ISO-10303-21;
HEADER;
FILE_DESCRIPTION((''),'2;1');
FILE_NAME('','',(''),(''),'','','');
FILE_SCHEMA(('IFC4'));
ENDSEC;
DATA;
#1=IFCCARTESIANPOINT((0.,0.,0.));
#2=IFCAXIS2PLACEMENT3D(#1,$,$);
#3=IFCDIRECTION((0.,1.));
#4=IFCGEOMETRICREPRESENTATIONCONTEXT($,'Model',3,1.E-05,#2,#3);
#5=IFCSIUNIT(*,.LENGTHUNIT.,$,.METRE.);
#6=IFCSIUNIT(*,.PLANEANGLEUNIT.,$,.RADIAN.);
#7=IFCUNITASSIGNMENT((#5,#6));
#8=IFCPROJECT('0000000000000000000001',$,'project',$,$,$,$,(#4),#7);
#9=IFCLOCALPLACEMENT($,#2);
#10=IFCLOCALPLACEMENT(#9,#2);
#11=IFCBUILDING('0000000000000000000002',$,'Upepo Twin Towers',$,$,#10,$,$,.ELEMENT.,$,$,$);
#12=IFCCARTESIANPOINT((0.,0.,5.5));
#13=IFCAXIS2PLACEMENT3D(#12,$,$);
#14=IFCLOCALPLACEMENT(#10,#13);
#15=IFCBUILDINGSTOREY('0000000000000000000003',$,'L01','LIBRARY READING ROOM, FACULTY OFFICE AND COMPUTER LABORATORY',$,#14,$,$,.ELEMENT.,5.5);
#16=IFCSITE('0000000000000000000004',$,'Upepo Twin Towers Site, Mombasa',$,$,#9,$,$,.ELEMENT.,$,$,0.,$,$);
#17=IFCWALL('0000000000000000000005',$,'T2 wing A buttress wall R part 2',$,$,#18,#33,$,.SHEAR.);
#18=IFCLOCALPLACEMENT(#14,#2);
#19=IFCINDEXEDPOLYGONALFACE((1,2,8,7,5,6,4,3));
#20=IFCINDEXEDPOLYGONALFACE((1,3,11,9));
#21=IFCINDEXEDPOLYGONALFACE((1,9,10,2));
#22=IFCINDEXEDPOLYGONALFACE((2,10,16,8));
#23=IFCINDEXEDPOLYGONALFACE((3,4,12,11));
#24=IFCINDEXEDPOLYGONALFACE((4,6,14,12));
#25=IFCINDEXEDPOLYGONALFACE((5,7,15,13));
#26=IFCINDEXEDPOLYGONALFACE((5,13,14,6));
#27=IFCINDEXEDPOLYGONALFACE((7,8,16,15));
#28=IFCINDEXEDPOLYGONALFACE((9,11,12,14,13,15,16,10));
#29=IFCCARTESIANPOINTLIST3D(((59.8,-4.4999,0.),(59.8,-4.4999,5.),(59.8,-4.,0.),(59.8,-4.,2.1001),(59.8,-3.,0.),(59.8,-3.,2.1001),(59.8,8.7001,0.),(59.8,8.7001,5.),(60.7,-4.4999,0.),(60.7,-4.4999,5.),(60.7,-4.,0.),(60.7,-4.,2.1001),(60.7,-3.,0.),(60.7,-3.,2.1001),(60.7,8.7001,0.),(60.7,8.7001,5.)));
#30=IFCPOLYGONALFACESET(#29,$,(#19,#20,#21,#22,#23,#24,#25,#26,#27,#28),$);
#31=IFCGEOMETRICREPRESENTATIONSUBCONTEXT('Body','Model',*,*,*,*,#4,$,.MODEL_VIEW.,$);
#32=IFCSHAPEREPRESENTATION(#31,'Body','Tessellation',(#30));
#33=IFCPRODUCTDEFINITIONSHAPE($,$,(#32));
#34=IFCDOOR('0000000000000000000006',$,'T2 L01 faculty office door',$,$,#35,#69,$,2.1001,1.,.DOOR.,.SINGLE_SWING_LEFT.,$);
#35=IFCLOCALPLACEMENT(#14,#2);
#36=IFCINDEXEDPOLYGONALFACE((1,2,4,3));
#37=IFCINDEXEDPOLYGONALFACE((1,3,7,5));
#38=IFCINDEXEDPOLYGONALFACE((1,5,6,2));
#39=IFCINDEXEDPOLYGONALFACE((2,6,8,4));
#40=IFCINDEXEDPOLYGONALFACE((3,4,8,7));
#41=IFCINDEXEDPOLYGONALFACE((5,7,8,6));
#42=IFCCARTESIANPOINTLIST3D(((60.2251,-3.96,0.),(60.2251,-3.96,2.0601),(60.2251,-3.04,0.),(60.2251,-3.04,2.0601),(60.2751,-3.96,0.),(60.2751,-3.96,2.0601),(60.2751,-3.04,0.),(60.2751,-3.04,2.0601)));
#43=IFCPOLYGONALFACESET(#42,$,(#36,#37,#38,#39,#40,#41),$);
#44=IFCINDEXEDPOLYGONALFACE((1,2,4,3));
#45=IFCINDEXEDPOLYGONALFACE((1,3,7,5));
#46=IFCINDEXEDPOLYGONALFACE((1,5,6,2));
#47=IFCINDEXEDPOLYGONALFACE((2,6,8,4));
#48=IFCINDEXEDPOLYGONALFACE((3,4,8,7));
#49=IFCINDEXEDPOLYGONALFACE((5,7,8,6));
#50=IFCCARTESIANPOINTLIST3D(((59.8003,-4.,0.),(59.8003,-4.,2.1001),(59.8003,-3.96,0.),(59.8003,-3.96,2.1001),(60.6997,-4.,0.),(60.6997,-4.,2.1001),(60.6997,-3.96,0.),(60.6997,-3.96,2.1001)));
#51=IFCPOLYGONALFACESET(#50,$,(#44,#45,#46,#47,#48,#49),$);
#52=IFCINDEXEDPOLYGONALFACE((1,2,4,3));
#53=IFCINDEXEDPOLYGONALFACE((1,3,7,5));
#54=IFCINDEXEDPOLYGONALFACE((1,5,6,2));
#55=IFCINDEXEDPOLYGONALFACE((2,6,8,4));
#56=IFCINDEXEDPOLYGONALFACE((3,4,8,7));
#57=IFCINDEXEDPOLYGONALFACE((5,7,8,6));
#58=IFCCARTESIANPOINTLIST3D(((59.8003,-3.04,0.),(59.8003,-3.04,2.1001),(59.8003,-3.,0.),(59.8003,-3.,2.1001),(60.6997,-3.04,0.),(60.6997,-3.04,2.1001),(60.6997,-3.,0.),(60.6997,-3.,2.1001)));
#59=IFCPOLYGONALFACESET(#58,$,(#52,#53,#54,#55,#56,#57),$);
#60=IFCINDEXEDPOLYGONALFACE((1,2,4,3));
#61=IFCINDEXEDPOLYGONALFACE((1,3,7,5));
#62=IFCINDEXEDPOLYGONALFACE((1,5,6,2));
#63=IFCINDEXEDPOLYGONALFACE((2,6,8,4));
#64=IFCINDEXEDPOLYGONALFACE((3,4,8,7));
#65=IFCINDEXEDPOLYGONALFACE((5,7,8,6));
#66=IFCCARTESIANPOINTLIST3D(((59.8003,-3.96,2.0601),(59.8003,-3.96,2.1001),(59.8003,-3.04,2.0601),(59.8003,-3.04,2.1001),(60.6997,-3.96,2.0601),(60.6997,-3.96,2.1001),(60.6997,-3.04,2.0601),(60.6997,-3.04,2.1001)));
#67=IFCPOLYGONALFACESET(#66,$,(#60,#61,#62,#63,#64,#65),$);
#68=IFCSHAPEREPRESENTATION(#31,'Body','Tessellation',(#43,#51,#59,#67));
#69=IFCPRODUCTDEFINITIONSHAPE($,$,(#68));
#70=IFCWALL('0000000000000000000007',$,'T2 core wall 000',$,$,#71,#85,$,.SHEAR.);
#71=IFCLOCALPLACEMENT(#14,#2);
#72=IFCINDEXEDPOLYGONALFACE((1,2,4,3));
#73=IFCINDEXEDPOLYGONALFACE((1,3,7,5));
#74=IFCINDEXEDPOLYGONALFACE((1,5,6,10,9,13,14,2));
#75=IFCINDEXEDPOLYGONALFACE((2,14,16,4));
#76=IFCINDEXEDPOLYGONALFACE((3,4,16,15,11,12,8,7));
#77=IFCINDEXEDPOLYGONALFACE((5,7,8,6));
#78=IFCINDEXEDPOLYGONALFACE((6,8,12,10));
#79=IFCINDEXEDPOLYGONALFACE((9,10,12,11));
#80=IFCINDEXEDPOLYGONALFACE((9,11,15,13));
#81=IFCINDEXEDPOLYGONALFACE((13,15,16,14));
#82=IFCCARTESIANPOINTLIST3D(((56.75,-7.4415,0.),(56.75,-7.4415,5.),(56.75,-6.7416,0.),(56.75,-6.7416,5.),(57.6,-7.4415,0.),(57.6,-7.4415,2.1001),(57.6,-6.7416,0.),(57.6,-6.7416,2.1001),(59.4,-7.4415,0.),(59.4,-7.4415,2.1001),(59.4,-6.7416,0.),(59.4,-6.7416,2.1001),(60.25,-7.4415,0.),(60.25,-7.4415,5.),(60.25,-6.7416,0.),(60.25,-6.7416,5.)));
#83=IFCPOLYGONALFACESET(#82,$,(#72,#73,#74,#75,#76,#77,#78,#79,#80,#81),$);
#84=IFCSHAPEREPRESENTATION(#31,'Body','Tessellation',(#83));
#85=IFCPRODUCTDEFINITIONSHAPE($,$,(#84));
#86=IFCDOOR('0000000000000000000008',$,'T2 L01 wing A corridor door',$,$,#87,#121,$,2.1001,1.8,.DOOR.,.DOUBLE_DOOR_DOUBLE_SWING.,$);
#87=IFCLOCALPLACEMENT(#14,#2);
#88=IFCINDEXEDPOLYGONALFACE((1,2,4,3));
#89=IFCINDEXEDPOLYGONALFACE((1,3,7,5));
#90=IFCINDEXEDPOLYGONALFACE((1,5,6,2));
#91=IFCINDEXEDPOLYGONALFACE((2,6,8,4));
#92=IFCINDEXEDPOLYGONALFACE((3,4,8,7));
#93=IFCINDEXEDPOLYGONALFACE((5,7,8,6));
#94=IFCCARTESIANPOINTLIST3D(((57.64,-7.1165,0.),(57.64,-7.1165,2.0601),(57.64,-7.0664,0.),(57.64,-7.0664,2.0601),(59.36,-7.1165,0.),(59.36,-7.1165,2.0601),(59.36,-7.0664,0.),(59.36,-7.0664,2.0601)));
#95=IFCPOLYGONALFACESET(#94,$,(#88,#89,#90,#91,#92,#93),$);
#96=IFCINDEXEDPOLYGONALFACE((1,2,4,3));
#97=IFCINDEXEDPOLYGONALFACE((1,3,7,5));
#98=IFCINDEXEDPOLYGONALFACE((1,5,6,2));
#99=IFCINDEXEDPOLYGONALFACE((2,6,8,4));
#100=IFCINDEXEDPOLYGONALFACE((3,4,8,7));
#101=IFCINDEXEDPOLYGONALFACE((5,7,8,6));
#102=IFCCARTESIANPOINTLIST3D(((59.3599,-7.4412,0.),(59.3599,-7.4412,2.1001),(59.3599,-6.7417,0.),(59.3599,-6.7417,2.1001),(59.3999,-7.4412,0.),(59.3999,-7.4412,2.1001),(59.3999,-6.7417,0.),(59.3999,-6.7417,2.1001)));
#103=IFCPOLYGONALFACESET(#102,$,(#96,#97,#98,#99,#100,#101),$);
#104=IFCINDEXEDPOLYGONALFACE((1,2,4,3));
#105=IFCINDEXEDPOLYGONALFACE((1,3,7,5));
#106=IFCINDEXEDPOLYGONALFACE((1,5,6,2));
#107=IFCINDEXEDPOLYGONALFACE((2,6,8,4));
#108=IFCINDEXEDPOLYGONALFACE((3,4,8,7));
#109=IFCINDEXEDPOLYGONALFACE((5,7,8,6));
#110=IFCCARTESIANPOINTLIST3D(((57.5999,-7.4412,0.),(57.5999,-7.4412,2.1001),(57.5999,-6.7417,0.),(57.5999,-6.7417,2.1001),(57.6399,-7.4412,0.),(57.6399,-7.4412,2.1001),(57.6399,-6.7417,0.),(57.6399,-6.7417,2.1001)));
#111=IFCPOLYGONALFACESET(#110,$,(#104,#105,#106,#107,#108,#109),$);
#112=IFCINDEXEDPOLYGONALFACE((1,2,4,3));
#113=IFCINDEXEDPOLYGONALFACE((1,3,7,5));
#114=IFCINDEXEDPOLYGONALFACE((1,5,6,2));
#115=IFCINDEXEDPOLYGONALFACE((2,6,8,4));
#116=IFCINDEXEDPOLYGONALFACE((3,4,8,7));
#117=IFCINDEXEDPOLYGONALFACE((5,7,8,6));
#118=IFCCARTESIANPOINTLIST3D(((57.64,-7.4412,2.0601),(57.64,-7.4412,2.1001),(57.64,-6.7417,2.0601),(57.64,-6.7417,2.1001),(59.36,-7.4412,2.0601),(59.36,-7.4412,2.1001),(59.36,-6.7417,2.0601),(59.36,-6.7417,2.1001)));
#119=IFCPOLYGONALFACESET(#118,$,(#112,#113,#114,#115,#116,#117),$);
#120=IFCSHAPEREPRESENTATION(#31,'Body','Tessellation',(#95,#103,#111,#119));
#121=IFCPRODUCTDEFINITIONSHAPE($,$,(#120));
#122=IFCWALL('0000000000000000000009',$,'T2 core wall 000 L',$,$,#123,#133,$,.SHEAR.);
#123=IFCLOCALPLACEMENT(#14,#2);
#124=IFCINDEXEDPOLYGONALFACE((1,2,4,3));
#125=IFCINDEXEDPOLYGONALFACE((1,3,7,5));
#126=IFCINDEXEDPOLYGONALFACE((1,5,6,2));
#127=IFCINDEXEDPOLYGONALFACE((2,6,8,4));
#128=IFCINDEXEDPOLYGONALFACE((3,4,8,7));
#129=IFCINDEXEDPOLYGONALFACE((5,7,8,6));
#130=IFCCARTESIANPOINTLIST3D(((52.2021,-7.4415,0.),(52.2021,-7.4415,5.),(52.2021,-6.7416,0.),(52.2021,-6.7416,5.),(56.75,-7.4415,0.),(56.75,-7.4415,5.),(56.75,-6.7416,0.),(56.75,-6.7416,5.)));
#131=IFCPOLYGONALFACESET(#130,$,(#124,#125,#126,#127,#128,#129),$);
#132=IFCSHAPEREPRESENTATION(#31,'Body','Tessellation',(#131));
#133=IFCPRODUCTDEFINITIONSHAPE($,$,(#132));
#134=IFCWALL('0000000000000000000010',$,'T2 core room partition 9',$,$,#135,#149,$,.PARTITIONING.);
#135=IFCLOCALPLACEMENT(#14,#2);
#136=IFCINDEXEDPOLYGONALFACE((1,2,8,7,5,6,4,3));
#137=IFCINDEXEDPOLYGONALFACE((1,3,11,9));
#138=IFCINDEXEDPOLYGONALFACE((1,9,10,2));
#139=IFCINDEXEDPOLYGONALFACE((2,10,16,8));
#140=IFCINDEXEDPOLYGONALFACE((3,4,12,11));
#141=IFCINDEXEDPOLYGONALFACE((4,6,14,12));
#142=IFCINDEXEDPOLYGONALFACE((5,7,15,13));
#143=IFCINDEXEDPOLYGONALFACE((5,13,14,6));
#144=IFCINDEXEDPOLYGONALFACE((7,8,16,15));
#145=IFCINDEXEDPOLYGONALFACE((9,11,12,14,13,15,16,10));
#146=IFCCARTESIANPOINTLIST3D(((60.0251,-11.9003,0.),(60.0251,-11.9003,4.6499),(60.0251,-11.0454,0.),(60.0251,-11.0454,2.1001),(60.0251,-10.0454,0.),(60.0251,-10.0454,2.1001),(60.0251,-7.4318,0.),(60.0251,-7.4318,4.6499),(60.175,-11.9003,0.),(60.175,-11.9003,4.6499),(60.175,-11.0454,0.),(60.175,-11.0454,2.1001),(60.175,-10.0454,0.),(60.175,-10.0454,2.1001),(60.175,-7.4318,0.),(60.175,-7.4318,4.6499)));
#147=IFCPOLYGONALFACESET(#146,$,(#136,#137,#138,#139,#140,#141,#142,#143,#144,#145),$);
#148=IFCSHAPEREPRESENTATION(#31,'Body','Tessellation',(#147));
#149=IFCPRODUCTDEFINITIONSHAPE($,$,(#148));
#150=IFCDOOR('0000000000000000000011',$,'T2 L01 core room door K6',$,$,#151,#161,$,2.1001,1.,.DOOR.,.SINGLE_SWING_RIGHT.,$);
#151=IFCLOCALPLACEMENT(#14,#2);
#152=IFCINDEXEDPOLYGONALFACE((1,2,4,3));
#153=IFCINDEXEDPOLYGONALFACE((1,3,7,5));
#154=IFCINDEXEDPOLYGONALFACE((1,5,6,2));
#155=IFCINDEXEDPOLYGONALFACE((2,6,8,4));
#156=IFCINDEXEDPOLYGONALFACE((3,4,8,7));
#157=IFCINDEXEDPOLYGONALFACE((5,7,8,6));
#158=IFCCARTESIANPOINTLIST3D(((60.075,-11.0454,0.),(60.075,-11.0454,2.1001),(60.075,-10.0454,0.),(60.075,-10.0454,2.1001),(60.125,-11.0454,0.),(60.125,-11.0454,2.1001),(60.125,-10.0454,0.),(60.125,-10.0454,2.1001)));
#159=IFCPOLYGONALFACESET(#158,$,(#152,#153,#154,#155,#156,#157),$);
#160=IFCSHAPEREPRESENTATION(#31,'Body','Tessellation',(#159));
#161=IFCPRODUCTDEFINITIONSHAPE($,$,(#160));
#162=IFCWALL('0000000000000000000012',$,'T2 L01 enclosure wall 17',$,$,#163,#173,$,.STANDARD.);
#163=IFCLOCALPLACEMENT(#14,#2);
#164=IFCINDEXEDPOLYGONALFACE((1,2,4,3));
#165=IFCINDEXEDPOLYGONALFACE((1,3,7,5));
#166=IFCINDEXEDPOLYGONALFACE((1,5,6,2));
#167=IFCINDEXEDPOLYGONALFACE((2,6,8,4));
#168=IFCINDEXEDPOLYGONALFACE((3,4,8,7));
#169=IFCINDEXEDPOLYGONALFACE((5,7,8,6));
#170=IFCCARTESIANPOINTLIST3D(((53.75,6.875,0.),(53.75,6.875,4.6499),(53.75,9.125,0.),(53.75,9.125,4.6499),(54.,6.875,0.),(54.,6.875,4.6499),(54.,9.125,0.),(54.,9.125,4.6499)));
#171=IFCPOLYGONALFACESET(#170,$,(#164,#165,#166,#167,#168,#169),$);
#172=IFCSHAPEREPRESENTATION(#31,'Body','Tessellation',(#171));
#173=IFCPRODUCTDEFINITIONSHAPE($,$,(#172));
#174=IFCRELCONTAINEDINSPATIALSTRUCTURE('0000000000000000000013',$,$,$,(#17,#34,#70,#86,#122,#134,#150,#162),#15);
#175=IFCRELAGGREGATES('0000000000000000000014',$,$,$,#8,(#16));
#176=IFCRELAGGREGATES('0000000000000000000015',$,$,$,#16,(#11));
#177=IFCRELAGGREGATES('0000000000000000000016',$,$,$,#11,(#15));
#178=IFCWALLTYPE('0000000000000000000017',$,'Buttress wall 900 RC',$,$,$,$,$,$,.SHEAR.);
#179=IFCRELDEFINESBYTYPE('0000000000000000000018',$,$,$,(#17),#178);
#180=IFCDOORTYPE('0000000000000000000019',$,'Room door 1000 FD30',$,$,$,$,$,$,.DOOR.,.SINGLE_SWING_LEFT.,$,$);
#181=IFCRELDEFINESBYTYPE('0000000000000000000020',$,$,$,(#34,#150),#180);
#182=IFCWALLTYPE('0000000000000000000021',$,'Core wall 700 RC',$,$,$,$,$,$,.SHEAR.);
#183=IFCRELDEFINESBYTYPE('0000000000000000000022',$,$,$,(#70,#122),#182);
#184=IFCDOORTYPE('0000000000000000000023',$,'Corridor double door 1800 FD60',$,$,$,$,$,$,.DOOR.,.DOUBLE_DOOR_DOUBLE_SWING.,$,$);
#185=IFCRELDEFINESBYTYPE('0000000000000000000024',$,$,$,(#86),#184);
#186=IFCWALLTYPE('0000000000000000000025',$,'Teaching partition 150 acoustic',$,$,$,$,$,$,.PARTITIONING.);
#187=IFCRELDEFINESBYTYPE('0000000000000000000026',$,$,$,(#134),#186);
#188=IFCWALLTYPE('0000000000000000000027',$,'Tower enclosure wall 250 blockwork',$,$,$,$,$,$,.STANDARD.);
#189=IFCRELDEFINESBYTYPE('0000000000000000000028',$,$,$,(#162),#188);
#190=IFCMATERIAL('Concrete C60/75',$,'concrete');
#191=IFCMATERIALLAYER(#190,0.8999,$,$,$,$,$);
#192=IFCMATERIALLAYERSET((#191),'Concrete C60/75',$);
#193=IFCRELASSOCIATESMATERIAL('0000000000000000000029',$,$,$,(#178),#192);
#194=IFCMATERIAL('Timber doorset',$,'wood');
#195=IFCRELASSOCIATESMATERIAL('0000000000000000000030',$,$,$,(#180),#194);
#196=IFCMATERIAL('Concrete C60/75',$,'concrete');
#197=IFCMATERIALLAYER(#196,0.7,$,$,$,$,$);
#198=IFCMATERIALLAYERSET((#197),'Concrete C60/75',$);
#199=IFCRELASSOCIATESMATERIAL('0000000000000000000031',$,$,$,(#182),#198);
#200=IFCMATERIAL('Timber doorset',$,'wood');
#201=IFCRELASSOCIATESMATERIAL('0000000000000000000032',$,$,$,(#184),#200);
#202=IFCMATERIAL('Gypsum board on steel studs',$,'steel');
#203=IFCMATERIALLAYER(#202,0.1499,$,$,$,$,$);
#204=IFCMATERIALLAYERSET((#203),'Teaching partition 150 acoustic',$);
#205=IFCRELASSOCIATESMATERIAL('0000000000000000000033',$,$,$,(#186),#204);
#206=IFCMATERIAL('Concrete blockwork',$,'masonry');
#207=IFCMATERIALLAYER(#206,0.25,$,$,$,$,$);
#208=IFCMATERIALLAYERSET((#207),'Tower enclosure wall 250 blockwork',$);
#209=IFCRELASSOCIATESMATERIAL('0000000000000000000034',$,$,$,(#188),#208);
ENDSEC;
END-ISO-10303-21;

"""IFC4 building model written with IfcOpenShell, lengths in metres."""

from ifc_helpers import new_model, si_unit, direction, frame, frame_2d, origin, place, context, subcontext, project, spatial, rectangle, extrude, material, layer, layer_set, type_object, element, fill, save


model = new_model("IFC4")

# Units and contexts
model_context = context("Model", 3, precision=1e-05, world=origin(), true_north=direction((0.0, 1.0)))
body_context = subcontext(model_context, "Body", "Model", "MODEL_VIEW")
ifc_project = project(units=[si_unit("LENGTHUNIT", "METRE"), si_unit("PLANEANGLEUNIT", "RADIAN")], contexts=[model_context])

# Site, building, storey
site_placement = place(None, origin())
site = spatial("IfcSite", under=ifc_project, at=site_placement, Name="Upepo Twin Towers Site, Mombasa", CompositionType="ELEMENT", RefElevation=0.0)
building_placement = place(site_placement, origin())
building = spatial("IfcBuilding", under=site, at=building_placement, Name="Upepo Twin Towers", CompositionType="ELEMENT")
storey_placement = place(building_placement, frame((0.0, 0.0, 5.5)))
storey = spatial("IfcBuildingStorey", under=building, at=storey_placement, Name="L01", Description="LIBRARY READING ROOM, FACULTY OFFICE AND COMPUTER LABORATORY", CompositionType="ELEMENT", Elevation=5.5)

# Walls, openings, doors
ifc_material_1 = material(Name="Concrete C60/75", Category="concrete")
ifc_layer_1 = layer(ifc_material_1, 0.8999)
ifc_layer_set_1 = layer_set([ifc_layer_1], Name="Concrete C60/75")
wall_type_1 = type_object("IfcWallType", Name="Buttress wall 900 RC", PredefinedType="SHEAR", material=ifc_layer_set_1)
ifc_material_2 = material(Name="Timber doorset", Category="wood")
door_type_1 = type_object("IfcDoorType", Name="Room door 1000 FD30", OperationType="SINGLE_SWING_LEFT", PredefinedType="DOOR", material=ifc_material_2)
wall_1_placement = place(storey_placement, frame((60.25, -4.5, 0.0), z_axis=(0.0, 0.0, 1.0), x_axis=(0.0, 1.0, 0.0)))
wall_1 = element("IfcWall", 1, at=wall_1_placement, inside=storey, type_object=wall_type_1, Name="T2 wing A buttress wall R part 2", PredefinedType="SHEAR", context=body_context, shape_type="SweptSolid", body=[
    extrude(rectangle(XDim=13.2, YDim=0.8999, at=frame_2d((6.6001, 0.0))), origin(), (0.0, 0.0, 1.0), 5.0),
])
opening_1_placement = place(wall_1_placement, frame((0.5, 0.0, 0.0)))
opening_1 = element("IfcOpeningElement", 2, at=opening_1_placement, cuts=wall_1, PredefinedType="OPENING", context=body_context, shape_type="SweptSolid", body=[
    extrude(rectangle(XDim=1.0, YDim=2.1001, at=frame_2d((0.5, 1.05))), frame((0.0, 0.46, 0.0), z_axis=(0.0, -1.0, 0.0), x_axis=(1.0, 0.0, 0.0)), (0.0, 0.0, 1.0), 0.9199),
])
door_1_placement = place(opening_1_placement, origin())
door_1 = element("IfcDoor", 3, at=door_1_placement, inside=storey, type_object=door_type_1, Name="T2 L01 faculty office door", OperationType="SINGLE_SWING_LEFT", OverallHeight=2.1001, OverallWidth=1.0, PredefinedType="DOOR", context=body_context, shape_type="SweptSolid", body=[
    extrude(rectangle(XDim=0.92, YDim=2.0601, at=frame_2d((0.5, 1.03))), frame((0.0, 0.0249, 0.0), z_axis=(0.0, -1.0, 0.0), x_axis=(1.0, 0.0, 0.0)), (0.0, 0.0, 1.0), 0.05),
    extrude(rectangle(XDim=0.04, YDim=2.1001, at=frame_2d((0.02, 1.05))), frame((0.0, 0.4497, 0.0), z_axis=(0.0, -1.0, 0.0), x_axis=(1.0, 0.0, 0.0)), (0.0, 0.0, 1.0), 0.8994),
    extrude(rectangle(XDim=0.04, YDim=2.1001, at=frame_2d((0.98, 1.05))), frame((0.0, 0.4497, 0.0), z_axis=(0.0, -1.0, 0.0), x_axis=(1.0, 0.0, 0.0)), (0.0, 0.0, 1.0), 0.8994),
    extrude(rectangle(XDim=0.92, YDim=0.04, at=frame_2d((0.5, 2.0801))), frame((0.0, 0.4497, 0.0), z_axis=(0.0, -1.0, 0.0), x_axis=(1.0, 0.0, 0.0)), (0.0, 0.0, 1.0), 0.8994),
])
fill(opening_1, door_1)
ifc_material_3 = material(Name="Concrete C60/75", Category="concrete")
ifc_layer_2 = layer(ifc_material_3, 0.7)
ifc_layer_set_2 = layer_set([ifc_layer_2], Name="Concrete C60/75")
wall_type_2 = type_object("IfcWallType", Name="Core wall 700 RC", PredefinedType="SHEAR", material=ifc_layer_set_2)
wall_2_placement = place(storey_placement, frame((60.25, -7.0916, 0.0), z_axis=(0.0, 0.0, 1.0), x_axis=(-1.0, 0.0, 0.0)))
wall_2 = element("IfcWall", 4, at=wall_2_placement, inside=storey, type_object=wall_type_2, Name="T2 core wall 000", PredefinedType="SHEAR", context=body_context, shape_type="SweptSolid", body=[
    extrude(rectangle(XDim=3.5, YDim=0.7, at=frame_2d((1.75, 0.0))), origin(), (0.0, 0.0, 1.0), 5.0),
])
opening_2_placement = place(wall_2_placement, frame((0.8501, 0.0, 0.0)))
opening_2 = element("IfcOpeningElement", 5, at=opening_2_placement, cuts=wall_2, PredefinedType="OPENING", context=body_context, shape_type="SweptSolid", body=[
    extrude(rectangle(XDim=1.8, YDim=2.1001, at=frame_2d((0.8999, 1.05))), frame((0.0, 0.3599, 0.0), z_axis=(0.0, -1.0, 0.0), x_axis=(1.0, 0.0, 0.0)), (0.0, 0.0, 1.0), 0.72),
])
ifc_material_4 = material(Name="Timber doorset", Category="wood")
door_type_2 = type_object("IfcDoorType", Name="Corridor double door 1800 FD60", OperationType="DOUBLE_DOOR_DOUBLE_SWING", PredefinedType="DOOR", material=ifc_material_4)
door_2_placement = place(opening_2_placement, origin())
door_2 = element("IfcDoor", 6, at=door_2_placement, inside=storey, type_object=door_type_2, Name="T2 L01 wing A corridor door", OperationType="DOUBLE_DOOR_DOUBLE_SWING", OverallHeight=2.1001, OverallWidth=1.8, PredefinedType="DOOR", context=body_context, shape_type="SweptSolid", body=[
    extrude(rectangle(XDim=1.72, YDim=2.0601, at=frame_2d((0.8999, 1.03))), frame((0.0, 0.0249, 0.0), z_axis=(0.0, -1.0, 0.0), x_axis=(1.0, 0.0, 0.0)), (0.0, 0.0, 1.0), 0.05),
    extrude(rectangle(XDim=0.04, YDim=2.1001, at=frame_2d((0.02, 1.05))), frame((0.0, 0.3496, 0.0), z_axis=(0.0, -1.0, 0.0), x_axis=(1.0, 0.0, 0.0)), (0.0, 0.0, 1.0), 0.6995),
    extrude(rectangle(XDim=0.04, YDim=2.1001, at=frame_2d((1.78, 1.05))), frame((0.0, 0.3496, 0.0), z_axis=(0.0, -1.0, 0.0), x_axis=(1.0, 0.0, 0.0)), (0.0, 0.0, 1.0), 0.6995),
    extrude(rectangle(XDim=1.72, YDim=0.04, at=frame_2d((0.8999, 2.0801))), frame((0.0, 0.3496, 0.0), z_axis=(0.0, -1.0, 0.0), x_axis=(1.0, 0.0, 0.0)), (0.0, 0.0, 1.0), 0.6995),
])
fill(opening_2, door_2)

# Wall
wall_3_placement = place(storey_placement, frame((56.75, -7.0916, 0.0), z_axis=(0.0, 0.0, 1.0), x_axis=(-1.0, 0.0, 0.0)))
element("IfcWall", 7, at=wall_3_placement, inside=storey, type_object=wall_type_2, Name="T2 core wall 000 L", PredefinedType="SHEAR", context=body_context, shape_type="SweptSolid", body=[
    extrude(rectangle(XDim=4.5479, YDim=0.7, at=frame_2d((2.2739, 0.0))), origin(), (0.0, 0.0, 1.0), 5.0),
])

# Wall, opening, door
ifc_material_5 = material(Name="Gypsum board on steel studs", Category="steel")
ifc_layer_3 = layer(ifc_material_5, 0.1499)
ifc_layer_set_3 = layer_set([ifc_layer_3], Name="Teaching partition 150 acoustic")
wall_type_3 = type_object("IfcWallType", Name="Teaching partition 150 acoustic", PredefinedType="PARTITIONING", material=ifc_layer_set_3)
wall_4_placement = place(storey_placement, frame((60.1001, -7.4316, 0.0), z_axis=(0.0, 0.0, 1.0), x_axis=(0.0, -1.0, 0.0)))
wall_4 = element("IfcWall", 8, at=wall_4_placement, inside=storey, type_object=wall_type_3, Name="T2 core room partition 9", PredefinedType="PARTITIONING", context=body_context, shape_type="SweptSolid", body=[
    extrude(rectangle(XDim=4.4685, YDim=0.1499, at=frame_2d((2.2344, 0.0))), origin(), (0.0, 0.0, 1.0), 4.6499),
])
opening_3_placement = place(wall_4_placement, frame((2.6138, 0.0, 0.0)))
opening_3 = element("IfcOpeningElement", 9, at=opening_3_placement, cuts=wall_4, PredefinedType="OPENING", context=body_context, shape_type="SweptSolid", body=[
    extrude(rectangle(XDim=1.0, YDim=2.1001, at=frame_2d((0.5, 1.05))), frame((0.0, 0.085, 0.0), z_axis=(0.0, -1.0, 0.0), x_axis=(1.0, 0.0, 0.0)), (0.0, 0.0, 1.0), 0.1699),
])
door_3_placement = place(opening_3_placement, origin())
door_3 = element("IfcDoor", 10, at=door_3_placement, inside=storey, type_object=door_type_1, Name="T2 L01 core room door K6", OperationType="SINGLE_SWING_RIGHT", OverallHeight=2.1001, OverallWidth=1.0, PredefinedType="DOOR", context=body_context, shape_type="SweptSolid", body=[
    extrude(rectangle(XDim=1.0, YDim=2.1001, at=frame_2d((0.5, 1.05))), frame((0.0, 0.0249, 0.0), z_axis=(0.0, -1.0, 0.0), x_axis=(1.0, 0.0, 0.0)), (0.0, 0.0, 1.0), 0.05),
])
fill(opening_3, door_3)

# Wall
ifc_material_6 = material(Name="Concrete blockwork", Category="masonry")
ifc_layer_4 = layer(ifc_material_6, 0.25)
ifc_layer_set_4 = layer_set([ifc_layer_4], Name="Tower enclosure wall 250 blockwork")
wall_type_4 = type_object("IfcWallType", Name="Tower enclosure wall 250 blockwork", PredefinedType="STANDARD", material=ifc_layer_set_4)
wall_5_placement = place(storey_placement, frame((53.875, 6.875, 0.0), z_axis=(0.0, 0.0, 1.0), x_axis=(0.0, 1.0, 0.0)))
element("IfcWall", 11, at=wall_5_placement, inside=storey, type_object=wall_type_4, Name="T2 L01 enclosure wall 17", PredefinedType="STANDARD", context=body_context, shape_type="SweptSolid", body=[
    extrude(rectangle(XDim=2.25, YDim=0.25, at=frame_2d((1.125, 0.0))), origin(), (0.0, 0.0, 1.0), 4.6499),
])

save(model, "model.ifc")
